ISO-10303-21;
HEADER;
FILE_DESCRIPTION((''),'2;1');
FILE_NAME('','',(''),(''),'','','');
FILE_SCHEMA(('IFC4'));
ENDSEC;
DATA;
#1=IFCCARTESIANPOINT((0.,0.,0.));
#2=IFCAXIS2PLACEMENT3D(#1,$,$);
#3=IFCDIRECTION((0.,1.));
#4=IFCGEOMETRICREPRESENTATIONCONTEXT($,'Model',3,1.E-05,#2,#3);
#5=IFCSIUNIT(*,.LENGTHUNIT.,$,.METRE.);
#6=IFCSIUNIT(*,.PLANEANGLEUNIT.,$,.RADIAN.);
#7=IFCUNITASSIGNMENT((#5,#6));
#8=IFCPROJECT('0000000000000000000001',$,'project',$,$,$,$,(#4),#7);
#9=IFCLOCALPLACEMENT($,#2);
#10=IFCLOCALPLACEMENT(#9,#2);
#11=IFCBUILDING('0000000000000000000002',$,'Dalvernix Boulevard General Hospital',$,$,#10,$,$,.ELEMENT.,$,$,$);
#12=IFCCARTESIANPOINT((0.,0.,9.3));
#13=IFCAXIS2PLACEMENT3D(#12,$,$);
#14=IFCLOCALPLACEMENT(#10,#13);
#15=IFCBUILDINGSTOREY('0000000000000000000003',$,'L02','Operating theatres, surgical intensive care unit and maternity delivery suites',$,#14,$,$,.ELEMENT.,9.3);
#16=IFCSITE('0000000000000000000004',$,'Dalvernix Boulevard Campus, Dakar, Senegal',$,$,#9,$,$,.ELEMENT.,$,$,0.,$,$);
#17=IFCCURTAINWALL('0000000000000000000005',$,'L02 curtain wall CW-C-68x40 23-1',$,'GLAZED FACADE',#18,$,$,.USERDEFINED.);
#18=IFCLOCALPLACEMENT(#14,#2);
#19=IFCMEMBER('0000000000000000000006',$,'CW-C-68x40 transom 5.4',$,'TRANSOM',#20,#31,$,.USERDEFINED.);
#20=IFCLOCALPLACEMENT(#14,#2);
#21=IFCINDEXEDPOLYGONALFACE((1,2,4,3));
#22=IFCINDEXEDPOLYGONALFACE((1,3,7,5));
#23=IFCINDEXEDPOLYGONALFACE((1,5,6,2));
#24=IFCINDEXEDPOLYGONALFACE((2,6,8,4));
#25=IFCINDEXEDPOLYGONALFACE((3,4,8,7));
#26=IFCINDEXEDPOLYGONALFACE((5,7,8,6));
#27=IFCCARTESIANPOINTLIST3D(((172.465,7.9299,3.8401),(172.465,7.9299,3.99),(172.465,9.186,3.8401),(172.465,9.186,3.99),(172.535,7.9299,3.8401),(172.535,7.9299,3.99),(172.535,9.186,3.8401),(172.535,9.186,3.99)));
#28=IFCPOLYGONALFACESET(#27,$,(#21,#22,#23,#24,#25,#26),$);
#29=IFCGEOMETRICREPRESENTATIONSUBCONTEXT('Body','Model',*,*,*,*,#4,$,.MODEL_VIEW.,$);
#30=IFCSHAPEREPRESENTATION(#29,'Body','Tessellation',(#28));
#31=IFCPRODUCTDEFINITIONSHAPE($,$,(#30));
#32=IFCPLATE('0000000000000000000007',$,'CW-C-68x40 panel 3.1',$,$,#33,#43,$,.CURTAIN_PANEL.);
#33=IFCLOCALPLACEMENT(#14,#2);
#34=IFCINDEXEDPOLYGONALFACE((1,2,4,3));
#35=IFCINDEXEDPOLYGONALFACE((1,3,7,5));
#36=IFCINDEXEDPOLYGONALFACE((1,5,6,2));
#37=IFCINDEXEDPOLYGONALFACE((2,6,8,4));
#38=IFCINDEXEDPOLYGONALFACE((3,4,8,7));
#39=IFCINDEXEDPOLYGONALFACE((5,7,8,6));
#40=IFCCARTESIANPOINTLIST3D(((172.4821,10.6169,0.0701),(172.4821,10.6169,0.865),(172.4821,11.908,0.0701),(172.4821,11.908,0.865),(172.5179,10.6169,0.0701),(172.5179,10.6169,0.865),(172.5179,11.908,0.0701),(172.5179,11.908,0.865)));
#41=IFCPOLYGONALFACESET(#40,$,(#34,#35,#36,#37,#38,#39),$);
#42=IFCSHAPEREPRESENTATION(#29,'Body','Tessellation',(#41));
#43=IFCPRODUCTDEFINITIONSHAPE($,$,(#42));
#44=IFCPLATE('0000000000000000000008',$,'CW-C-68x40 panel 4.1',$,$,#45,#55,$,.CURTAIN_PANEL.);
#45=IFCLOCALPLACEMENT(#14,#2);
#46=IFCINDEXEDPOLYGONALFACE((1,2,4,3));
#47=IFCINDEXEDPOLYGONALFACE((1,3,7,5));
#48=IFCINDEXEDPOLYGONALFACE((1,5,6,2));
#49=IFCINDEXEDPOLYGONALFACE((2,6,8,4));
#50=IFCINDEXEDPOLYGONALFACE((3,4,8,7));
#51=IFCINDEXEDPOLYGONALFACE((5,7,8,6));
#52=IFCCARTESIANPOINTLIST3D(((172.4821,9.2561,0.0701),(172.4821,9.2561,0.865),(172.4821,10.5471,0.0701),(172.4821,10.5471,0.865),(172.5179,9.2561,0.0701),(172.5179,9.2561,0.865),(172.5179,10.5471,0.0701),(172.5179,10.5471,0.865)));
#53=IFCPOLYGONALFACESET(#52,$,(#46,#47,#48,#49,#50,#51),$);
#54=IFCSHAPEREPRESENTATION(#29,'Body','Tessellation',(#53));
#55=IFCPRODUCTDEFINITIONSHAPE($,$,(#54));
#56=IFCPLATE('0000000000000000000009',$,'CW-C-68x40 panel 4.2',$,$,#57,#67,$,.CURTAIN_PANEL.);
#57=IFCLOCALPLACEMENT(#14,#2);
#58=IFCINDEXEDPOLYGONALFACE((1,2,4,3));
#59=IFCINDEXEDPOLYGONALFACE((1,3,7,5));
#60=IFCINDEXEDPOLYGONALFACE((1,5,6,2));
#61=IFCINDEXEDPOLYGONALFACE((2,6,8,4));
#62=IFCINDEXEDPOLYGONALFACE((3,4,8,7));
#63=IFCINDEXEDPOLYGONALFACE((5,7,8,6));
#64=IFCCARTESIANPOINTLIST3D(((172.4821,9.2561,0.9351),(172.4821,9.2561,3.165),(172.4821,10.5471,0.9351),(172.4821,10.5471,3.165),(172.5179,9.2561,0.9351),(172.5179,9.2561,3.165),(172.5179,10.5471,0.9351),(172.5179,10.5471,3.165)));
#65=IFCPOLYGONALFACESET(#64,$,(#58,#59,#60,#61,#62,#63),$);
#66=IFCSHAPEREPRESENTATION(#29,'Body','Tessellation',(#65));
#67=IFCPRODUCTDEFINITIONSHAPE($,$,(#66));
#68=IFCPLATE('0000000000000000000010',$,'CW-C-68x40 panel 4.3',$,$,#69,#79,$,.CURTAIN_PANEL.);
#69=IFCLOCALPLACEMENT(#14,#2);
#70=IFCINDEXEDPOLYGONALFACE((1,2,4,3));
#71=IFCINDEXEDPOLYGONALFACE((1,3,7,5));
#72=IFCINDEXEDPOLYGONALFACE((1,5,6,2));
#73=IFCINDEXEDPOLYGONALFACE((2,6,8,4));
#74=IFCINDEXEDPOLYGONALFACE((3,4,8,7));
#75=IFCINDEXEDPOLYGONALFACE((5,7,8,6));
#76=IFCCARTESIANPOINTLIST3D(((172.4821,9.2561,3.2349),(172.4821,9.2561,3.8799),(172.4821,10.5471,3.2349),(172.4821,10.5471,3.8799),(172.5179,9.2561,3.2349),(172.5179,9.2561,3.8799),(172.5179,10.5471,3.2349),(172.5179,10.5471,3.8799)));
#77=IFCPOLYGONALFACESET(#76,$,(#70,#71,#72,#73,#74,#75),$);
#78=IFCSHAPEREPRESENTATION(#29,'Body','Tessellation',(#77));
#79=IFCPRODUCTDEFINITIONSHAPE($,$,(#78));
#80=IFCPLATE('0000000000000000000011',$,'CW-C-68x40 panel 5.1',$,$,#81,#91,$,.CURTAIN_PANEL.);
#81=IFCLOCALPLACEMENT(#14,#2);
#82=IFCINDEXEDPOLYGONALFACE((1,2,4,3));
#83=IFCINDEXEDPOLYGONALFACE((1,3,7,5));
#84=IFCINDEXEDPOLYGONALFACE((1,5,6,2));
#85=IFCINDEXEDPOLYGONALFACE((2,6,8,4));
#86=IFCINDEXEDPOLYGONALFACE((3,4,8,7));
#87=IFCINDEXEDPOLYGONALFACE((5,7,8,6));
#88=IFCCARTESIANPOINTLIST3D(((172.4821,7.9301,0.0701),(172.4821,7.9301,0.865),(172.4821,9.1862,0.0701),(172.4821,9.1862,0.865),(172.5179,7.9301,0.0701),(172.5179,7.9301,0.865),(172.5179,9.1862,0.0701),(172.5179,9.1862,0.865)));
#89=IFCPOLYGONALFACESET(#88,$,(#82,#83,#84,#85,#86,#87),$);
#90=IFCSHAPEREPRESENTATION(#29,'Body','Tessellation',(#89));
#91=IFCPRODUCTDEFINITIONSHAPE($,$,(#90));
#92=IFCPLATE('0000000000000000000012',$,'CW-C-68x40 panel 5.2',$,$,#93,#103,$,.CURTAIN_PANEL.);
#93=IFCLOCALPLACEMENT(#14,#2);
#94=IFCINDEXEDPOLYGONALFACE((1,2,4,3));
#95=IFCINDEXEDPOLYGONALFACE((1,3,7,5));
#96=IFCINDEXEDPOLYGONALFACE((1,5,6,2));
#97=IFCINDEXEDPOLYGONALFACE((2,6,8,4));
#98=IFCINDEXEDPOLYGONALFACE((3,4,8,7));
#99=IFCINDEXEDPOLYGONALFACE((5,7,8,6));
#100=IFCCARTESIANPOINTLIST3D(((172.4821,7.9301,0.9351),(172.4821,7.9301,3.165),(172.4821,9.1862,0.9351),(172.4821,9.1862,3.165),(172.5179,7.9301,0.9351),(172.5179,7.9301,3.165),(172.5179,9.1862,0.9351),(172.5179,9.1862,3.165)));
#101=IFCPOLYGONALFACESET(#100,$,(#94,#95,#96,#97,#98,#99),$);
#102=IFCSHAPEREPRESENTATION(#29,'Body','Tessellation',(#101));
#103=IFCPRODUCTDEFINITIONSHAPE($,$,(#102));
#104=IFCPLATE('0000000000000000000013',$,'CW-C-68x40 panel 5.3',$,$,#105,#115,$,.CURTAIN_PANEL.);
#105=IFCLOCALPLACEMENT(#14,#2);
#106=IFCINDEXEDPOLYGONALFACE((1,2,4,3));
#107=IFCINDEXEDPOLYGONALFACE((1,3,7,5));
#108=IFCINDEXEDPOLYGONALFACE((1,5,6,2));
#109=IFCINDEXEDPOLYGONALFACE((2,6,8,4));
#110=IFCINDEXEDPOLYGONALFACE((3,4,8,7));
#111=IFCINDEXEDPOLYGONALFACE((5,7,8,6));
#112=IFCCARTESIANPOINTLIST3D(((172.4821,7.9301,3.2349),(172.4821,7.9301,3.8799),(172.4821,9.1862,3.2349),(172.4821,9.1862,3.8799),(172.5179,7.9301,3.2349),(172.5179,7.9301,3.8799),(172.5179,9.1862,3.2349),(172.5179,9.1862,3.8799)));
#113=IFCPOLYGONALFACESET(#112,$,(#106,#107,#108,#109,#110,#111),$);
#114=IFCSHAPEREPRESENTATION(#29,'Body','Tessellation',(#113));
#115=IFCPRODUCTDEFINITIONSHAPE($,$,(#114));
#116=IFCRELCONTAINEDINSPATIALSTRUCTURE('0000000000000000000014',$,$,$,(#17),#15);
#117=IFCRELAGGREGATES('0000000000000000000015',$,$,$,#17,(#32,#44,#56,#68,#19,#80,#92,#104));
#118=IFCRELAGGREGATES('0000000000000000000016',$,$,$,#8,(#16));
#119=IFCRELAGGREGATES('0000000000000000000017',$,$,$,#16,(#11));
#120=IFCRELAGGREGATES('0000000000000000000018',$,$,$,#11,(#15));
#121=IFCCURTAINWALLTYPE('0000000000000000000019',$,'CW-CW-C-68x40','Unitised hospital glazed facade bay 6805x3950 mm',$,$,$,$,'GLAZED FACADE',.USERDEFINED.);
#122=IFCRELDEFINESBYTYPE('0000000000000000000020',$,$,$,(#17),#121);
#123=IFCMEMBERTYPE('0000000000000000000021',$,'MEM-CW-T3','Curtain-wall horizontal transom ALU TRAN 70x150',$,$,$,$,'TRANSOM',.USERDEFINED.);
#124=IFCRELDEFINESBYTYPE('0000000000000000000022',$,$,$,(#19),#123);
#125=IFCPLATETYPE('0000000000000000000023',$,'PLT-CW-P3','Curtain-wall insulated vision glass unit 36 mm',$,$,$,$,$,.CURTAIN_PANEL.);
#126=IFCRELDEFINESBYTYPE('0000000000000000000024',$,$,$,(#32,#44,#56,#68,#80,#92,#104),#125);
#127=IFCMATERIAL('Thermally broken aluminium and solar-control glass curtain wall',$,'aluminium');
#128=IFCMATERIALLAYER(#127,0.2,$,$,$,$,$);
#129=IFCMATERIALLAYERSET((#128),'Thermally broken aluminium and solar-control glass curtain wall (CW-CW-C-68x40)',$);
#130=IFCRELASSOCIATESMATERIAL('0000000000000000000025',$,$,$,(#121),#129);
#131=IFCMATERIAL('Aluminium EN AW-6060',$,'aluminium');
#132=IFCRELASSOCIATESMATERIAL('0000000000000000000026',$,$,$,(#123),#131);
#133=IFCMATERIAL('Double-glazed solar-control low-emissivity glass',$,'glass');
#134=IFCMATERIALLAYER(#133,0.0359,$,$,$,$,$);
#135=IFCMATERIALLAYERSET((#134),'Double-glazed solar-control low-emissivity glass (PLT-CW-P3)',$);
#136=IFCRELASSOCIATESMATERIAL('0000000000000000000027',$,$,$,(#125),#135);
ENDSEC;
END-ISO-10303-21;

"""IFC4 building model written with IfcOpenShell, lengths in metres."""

from ifc_helpers import new_model, si_unit, direction, frame, origin, origin_2d, place, context, subcontext, project, spatial, rectangle, extrude, material, layer, layer_set, material_profile, profile_set, type_object, element, aggregate, save


model = new_model("IFC4")

# Units and contexts
model_context = context("Model", 3, precision=1e-05, world=origin(), true_north=direction((0.0, 1.0)))
body_context = subcontext(model_context, "Body", "Model", "MODEL_VIEW")
ifc_project = project(units=[si_unit("LENGTHUNIT", "METRE"), si_unit("PLANEANGLEUNIT", "RADIAN")], contexts=[model_context])

# Site, building, storey
site_placement = place(None, origin())
site = spatial("IfcSite", under=ifc_project, at=site_placement, Name="Dalvernix Boulevard Campus, Dakar, Senegal", CompositionType="ELEMENT", RefElevation=0.0)
building_placement = place(site_placement, origin())
building = spatial("IfcBuilding", under=site, at=building_placement, Name="Dalvernix Boulevard General Hospital", CompositionType="ELEMENT")
storey_placement = place(building_placement, frame((0.0, 0.0, 9.3)))
storey = spatial("IfcBuildingStorey", under=building, at=storey_placement, Name="L02", Description="Operating theatres, surgical intensive care unit and maternity delivery suites", CompositionType="ELEMENT", Elevation=9.3)

# Curtain wall, member, plates
ifc_material_1 = material(Name="Thermally broken aluminium and solar-control glass curtain wall", Category="aluminium")
ifc_layer_1 = layer(ifc_material_1, 0.2)
ifc_layer_set_1 = layer_set([ifc_layer_1], Name="Thermally broken aluminium and solar-control glass curtain wall (CW-CW-C-68x40)")
curtain_wall_type = type_object("IfcCurtainWallType", Name="CW-CW-C-68x40", Description="Unitised hospital glazed facade bay 6805x3950 mm", ElementType="GLAZED FACADE", PredefinedType="USERDEFINED", material=ifc_layer_set_1)
curtain_wall_placement = place(storey_placement, origin())
curtain_wall = element("IfcCurtainWall", 1, at=curtain_wall_placement, inside=storey, type_object=curtain_wall_type, Name="L02 curtain wall CW-C-68x40 23-1", ObjectType="GLAZED FACADE", PredefinedType="USERDEFINED")
ifc_material_2 = material(Name="Aluminium EN AW-6060", Category="aluminium")
ifc_material_profile_1 = material_profile(ifc_material_2, rectangle(XDim=0.0701, YDim=0.1499, at=origin_2d()), Name="ALU TRAN 70x150")
ifc_profile_set_1 = profile_set([ifc_material_profile_1], Name="Aluminium EN AW-6060")
member_type_1 = type_object("IfcMemberType", Name="MEM-CW-T3", Description="Curtain-wall horizontal transom ALU TRAN 70x150", ElementType="TRANSOM", PredefinedType="USERDEFINED", material=ifc_profile_set_1)
member_1_placement = place(storey_placement, frame((172.5, 9.186, 3.915), z_axis=(0.0, -1.0, 0.0), x_axis=(1.0, 0.0, 0.0)))
member_1 = element("IfcMember", 2, at=member_1_placement, type_object=member_type_1, Name="CW-C-68x40 transom 5.4", ObjectType="TRANSOM", PredefinedType="USERDEFINED", context=body_context, shape_type="SweptSolid", body=[
    extrude(rectangle(XDim=0.0701, YDim=0.1499, at=origin_2d()), origin(), (0.0, 0.0, 1.0), 1.2561),
])
ifc_material_3 = material(Name="Double-glazed solar-control low-emissivity glass", Category="glass")
ifc_layer_2 = layer(ifc_material_3, 0.0359)
ifc_layer_set_2 = layer_set([ifc_layer_2], Name="Double-glazed solar-control low-emissivity glass (PLT-CW-P3)")
plate_type = type_object("IfcPlateType", Name="PLT-CW-P3", Description="Curtain-wall insulated vision glass unit 36 mm", PredefinedType="CURTAIN_PANEL", material=ifc_layer_set_2)
plate_1_placement = place(storey_placement, frame((172.5, 11.2625, 0.0701), z_axis=(0.0, 0.0, 1.0), x_axis=(0.0, -1.0, 0.0)))
plate_1 = element("IfcPlate", 3, at=plate_1_placement, type_object=plate_type, Name="CW-C-68x40 panel 3.1", PredefinedType="CURTAIN_PANEL", context=body_context, shape_type="SweptSolid", body=[
    extrude(rectangle(XDim=1.291, YDim=0.0359, at=origin_2d()), origin(), (0.0, 0.0, 1.0), 0.7949),
])
plate_2_placement = place(storey_placement, frame((172.5, 9.9016, 0.0701), z_axis=(0.0, 0.0, 1.0), x_axis=(0.0, -1.0, 0.0)))
plate_2 = element("IfcPlate", 4, at=plate_2_placement, type_object=plate_type, Name="CW-C-68x40 panel 4.1", PredefinedType="CURTAIN_PANEL", context=body_context, shape_type="SweptSolid", body=[
    extrude(rectangle(XDim=1.291, YDim=0.0359, at=origin_2d()), origin(), (0.0, 0.0, 1.0), 0.7949),
])
plate_3_placement = place(storey_placement, frame((172.5, 9.9016, 0.9351), z_axis=(0.0, 0.0, 1.0), x_axis=(0.0, -1.0, 0.0)))
plate_3 = element("IfcPlate", 5, at=plate_3_placement, type_object=plate_type, Name="CW-C-68x40 panel 4.2", PredefinedType="CURTAIN_PANEL", context=body_context, shape_type="SweptSolid", body=[
    extrude(rectangle(XDim=1.291, YDim=0.0359, at=origin_2d()), origin(), (0.0, 0.0, 1.0), 2.23),
])
plate_4_placement = place(storey_placement, frame((172.5, 9.9016, 3.2349), z_axis=(0.0, 0.0, 1.0), x_axis=(0.0, -1.0, 0.0)))
plate_4 = element("IfcPlate", 6, at=plate_4_placement, type_object=plate_type, Name="CW-C-68x40 panel 4.3", PredefinedType="CURTAIN_PANEL", context=body_context, shape_type="SweptSolid", body=[
    extrude(rectangle(XDim=1.291, YDim=0.0359, at=origin_2d()), origin(), (0.0, 0.0, 1.0), 0.645),
])
plate_5_placement = place(storey_placement, frame((172.5, 8.5581, 0.0701), z_axis=(0.0, 0.0, 1.0), x_axis=(0.0, -1.0, 0.0)))
plate_5 = element("IfcPlate", 7, at=plate_5_placement, type_object=plate_type, Name="CW-C-68x40 panel 5.1", PredefinedType="CURTAIN_PANEL", context=body_context, shape_type="SweptSolid", body=[
    extrude(rectangle(XDim=1.2561, YDim=0.0359, at=origin_2d()), origin(), (0.0, 0.0, 1.0), 0.7949),
])
plate_6_placement = place(storey_placement, frame((172.5, 8.5581, 0.9351), z_axis=(0.0, 0.0, 1.0), x_axis=(0.0, -1.0, 0.0)))
plate_6 = element("IfcPlate", 8, at=plate_6_placement, type_object=plate_type, Name="CW-C-68x40 panel 5.2", PredefinedType="CURTAIN_PANEL", context=body_context, shape_type="SweptSolid", body=[
    extrude(rectangle(XDim=1.2561, YDim=0.0359, at=origin_2d()), origin(), (0.0, 0.0, 1.0), 2.23),
])
plate_7_placement = place(storey_placement, frame((172.5, 8.5581, 3.2349), z_axis=(0.0, 0.0, 1.0), x_axis=(0.0, -1.0, 0.0)))
plate_7 = element("IfcPlate", 9, at=plate_7_placement, type_object=plate_type, Name="CW-C-68x40 panel 5.3", PredefinedType="CURTAIN_PANEL", context=body_context, shape_type="SweptSolid", body=[
    extrude(rectangle(XDim=1.2561, YDim=0.0359, at=origin_2d()), origin(), (0.0, 0.0, 1.0), 0.645),
])
aggregate(curtain_wall, [plate_1, plate_2, plate_3, plate_4, member_1, plate_5, plate_6, plate_7])

save(model, "model.ifc")
